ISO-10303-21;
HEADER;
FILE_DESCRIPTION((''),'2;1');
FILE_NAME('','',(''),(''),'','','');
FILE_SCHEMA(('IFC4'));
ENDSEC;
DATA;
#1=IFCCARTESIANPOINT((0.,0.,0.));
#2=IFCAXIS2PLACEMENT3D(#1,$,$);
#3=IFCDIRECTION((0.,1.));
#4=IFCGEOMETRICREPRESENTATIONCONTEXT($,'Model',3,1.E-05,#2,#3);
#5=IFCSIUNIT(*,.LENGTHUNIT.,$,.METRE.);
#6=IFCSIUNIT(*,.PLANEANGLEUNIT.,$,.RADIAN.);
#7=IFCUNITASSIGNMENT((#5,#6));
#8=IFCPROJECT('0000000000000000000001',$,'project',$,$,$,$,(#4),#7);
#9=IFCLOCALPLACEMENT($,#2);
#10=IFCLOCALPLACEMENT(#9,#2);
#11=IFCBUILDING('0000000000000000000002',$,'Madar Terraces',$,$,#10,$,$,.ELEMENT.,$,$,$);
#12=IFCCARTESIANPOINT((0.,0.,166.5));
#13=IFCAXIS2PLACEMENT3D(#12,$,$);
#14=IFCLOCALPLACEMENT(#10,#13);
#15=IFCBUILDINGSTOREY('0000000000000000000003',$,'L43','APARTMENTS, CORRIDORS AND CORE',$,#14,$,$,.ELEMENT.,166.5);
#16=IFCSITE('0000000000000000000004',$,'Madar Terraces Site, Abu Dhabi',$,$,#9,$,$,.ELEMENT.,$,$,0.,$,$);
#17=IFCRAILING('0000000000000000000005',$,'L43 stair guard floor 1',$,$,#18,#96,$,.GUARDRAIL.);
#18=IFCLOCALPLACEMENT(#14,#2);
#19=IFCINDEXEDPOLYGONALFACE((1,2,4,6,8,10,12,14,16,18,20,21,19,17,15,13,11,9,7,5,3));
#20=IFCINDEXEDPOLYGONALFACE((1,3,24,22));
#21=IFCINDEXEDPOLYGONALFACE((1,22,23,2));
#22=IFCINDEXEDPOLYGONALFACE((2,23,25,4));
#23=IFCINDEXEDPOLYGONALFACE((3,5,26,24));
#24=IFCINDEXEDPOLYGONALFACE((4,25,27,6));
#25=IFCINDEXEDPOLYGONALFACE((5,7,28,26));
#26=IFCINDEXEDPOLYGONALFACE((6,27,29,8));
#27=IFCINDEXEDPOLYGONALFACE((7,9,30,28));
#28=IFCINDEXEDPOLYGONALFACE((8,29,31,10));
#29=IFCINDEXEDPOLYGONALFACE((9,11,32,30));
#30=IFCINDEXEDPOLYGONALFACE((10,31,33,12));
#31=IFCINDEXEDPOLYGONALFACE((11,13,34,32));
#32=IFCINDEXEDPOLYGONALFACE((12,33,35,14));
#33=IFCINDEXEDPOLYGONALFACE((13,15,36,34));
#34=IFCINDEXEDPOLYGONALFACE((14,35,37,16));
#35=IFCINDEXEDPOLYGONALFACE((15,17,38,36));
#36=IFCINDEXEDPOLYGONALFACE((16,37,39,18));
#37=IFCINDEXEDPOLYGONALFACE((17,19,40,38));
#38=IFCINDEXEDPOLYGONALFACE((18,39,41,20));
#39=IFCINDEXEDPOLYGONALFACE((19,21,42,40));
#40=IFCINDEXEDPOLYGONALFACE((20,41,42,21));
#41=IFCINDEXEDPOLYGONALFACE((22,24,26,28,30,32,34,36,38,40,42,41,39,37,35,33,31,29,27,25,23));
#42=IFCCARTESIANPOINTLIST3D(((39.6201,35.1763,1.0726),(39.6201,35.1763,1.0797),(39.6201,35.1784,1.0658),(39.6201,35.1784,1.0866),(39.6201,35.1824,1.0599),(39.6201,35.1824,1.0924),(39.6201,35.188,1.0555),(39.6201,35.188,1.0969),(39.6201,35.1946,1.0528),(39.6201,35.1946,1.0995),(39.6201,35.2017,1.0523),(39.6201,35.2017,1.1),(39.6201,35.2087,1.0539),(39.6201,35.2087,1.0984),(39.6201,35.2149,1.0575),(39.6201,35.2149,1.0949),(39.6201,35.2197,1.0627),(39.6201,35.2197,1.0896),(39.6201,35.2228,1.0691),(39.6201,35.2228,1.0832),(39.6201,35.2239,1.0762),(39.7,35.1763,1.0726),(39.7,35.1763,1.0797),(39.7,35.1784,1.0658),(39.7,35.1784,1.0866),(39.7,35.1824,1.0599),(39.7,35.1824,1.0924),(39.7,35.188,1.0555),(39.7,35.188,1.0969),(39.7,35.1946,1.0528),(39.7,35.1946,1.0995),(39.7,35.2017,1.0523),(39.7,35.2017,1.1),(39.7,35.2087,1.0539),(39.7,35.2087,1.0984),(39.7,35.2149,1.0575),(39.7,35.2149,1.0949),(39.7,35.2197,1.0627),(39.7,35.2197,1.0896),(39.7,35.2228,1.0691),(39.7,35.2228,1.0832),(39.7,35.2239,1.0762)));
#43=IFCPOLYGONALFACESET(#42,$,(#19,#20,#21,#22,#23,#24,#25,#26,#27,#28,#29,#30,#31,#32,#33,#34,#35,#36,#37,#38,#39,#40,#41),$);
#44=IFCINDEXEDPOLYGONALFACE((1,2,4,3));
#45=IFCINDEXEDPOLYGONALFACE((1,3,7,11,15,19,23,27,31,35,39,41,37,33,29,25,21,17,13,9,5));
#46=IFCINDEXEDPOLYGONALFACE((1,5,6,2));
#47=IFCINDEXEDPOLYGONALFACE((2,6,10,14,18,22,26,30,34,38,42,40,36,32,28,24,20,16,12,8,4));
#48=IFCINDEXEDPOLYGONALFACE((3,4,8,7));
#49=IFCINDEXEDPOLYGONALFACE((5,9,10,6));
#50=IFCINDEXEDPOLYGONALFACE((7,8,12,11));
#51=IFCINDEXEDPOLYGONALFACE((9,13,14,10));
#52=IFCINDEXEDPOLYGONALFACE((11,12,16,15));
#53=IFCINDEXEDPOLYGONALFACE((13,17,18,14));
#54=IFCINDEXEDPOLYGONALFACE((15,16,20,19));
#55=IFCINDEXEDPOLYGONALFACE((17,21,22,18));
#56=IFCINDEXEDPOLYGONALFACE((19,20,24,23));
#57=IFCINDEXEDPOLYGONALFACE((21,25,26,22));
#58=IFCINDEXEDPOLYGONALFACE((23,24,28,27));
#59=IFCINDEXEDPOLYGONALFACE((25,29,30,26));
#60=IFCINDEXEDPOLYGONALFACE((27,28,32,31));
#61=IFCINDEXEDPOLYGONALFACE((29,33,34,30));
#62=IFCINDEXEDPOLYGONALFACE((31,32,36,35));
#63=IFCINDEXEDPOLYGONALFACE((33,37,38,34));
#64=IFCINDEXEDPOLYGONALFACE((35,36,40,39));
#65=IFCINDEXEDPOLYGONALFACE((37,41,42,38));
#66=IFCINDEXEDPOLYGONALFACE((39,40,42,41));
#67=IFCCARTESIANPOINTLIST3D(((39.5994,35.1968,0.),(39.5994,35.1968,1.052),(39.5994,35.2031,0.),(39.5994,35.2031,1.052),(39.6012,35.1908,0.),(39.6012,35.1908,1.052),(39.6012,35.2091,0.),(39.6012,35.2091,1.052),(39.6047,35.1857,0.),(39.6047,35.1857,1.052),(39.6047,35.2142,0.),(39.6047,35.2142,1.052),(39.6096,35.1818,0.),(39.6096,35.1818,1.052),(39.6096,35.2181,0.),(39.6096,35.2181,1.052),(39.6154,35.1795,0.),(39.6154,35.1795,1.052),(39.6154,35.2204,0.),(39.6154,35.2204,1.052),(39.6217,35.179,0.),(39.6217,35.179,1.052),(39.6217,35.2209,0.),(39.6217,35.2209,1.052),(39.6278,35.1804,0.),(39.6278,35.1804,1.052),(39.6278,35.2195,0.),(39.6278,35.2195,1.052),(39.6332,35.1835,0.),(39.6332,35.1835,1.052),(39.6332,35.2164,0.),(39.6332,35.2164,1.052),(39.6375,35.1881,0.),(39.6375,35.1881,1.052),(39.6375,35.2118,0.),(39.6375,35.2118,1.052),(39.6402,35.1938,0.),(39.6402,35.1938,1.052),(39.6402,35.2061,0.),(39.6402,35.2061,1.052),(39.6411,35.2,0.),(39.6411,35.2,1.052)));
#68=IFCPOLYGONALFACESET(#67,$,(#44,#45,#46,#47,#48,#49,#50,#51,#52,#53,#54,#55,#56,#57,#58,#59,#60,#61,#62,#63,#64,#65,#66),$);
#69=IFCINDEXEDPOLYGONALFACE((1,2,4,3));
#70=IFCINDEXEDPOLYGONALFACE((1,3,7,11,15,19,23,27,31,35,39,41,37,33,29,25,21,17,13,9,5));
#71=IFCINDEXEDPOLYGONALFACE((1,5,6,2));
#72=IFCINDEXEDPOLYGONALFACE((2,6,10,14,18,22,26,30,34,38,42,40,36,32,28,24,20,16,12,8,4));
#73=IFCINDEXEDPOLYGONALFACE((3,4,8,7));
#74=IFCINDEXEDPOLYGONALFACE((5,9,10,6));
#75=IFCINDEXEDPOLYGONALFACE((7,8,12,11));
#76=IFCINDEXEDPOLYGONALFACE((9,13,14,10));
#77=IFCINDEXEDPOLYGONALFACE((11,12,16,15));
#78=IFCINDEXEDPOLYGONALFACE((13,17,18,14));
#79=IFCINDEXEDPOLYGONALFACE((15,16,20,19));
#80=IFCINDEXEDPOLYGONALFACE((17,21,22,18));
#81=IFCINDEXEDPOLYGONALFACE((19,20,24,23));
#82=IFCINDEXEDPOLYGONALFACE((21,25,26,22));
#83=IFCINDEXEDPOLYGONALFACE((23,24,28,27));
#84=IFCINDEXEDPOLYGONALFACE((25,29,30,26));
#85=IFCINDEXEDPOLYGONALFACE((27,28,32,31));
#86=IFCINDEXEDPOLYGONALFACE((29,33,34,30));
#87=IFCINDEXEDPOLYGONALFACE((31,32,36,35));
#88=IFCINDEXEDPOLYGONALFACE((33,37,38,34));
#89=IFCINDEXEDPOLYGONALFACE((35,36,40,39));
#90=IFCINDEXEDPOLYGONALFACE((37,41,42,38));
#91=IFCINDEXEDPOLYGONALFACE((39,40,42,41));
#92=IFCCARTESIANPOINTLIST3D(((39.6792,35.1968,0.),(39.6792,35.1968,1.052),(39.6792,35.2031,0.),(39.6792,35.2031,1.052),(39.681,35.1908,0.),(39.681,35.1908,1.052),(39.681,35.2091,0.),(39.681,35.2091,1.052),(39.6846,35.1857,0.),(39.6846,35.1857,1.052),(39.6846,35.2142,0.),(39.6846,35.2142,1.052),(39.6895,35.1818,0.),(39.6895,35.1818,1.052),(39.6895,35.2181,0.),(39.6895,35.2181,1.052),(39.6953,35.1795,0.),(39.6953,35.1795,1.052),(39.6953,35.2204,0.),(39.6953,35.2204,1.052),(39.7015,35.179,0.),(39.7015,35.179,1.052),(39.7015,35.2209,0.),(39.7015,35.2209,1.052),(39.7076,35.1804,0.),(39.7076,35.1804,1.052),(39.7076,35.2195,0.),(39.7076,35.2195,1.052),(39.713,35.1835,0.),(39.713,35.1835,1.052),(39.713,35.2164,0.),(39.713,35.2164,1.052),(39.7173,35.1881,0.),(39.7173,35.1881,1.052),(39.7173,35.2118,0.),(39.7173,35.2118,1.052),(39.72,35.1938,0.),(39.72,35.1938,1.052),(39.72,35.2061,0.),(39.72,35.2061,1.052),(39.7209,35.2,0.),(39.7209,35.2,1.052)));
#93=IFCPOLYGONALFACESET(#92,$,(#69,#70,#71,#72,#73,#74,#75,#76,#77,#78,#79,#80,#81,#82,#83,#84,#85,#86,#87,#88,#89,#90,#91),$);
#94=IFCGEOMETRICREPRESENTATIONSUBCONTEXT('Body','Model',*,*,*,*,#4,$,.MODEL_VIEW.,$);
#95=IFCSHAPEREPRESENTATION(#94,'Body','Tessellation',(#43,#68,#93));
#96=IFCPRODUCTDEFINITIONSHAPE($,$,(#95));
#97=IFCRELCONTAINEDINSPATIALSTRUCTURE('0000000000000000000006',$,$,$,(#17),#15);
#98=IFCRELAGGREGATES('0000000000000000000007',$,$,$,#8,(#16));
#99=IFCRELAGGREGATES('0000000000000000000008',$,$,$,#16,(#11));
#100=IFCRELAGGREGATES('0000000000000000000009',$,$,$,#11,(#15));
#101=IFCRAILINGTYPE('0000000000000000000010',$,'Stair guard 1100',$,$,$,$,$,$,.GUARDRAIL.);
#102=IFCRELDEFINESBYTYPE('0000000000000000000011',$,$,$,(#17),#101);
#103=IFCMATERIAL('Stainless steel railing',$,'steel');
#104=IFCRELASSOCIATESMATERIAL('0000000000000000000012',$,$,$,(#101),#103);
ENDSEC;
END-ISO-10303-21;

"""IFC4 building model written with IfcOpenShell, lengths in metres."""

from ifc_helpers import new_model, si_unit, direction, frame, origin, origin_2d, place, context, subcontext, project, spatial, circle, extrude, material, type_object, element, save


model = new_model("IFC4")

# Units and contexts
model_context = context("Model", 3, precision=1e-05, world=origin(), true_north=direction((0.0, 1.0)))
body_context = subcontext(model_context, "Body", "Model", "MODEL_VIEW")
ifc_project = project(units=[si_unit("LENGTHUNIT", "METRE"), si_unit("PLANEANGLEUNIT", "RADIAN")], contexts=[model_context])

# Site, building, storey
site_placement = place(None, origin())
site = spatial("IfcSite", under=ifc_project, at=site_placement, Name="Madar Terraces Site, Abu Dhabi", CompositionType="ELEMENT", RefElevation=0.0)
building_placement = place(site_placement, origin())
building = spatial("IfcBuilding", under=site, at=building_placement, Name="Madar Terraces", CompositionType="ELEMENT")
storey_placement = place(building_placement, frame((0.0, 0.0, 166.5)))
storey = spatial("IfcBuildingStorey", under=building, at=storey_placement, Name="L43", Description="APARTMENTS, CORRIDORS AND CORE", CompositionType="ELEMENT", Elevation=166.5)

# Railing
ifc_material_1 = material(Name="Stainless steel railing", Category="steel")
railing_type_1 = type_object("IfcRailingType", Name="Stair guard 1100", PredefinedType="GUARDRAIL", material=ifc_material_1)
railing_1_placement = place(storey_placement, frame((39.6201, 35.2, 0.0)))
element("IfcRailing", 1, at=railing_1_placement, inside=storey, type_object=railing_type_1, Name="L43 stair guard floor 1", PredefinedType="GUARDRAIL", context=body_context, shape_type="SweptSolid", body=[
    extrude(circle(Radius=0.0239, at=origin_2d()), frame((0.0, 0.0, 1.0762), z_axis=(1.0, 0.0, 0.0), x_axis=(0.0, 1.0, 0.0)), (0.0, 0.0, 1.0), 0.0798),
    extrude(circle(Radius=0.021, at=origin_2d()), origin(), (0.0, 0.0, 1.0), 1.052),
    extrude(circle(Radius=0.021, at=origin_2d()), frame((0.0798, 0.0, 0.0)), (0.0, 0.0, 1.0), 1.052),
])

save(model, "model.ifc")
